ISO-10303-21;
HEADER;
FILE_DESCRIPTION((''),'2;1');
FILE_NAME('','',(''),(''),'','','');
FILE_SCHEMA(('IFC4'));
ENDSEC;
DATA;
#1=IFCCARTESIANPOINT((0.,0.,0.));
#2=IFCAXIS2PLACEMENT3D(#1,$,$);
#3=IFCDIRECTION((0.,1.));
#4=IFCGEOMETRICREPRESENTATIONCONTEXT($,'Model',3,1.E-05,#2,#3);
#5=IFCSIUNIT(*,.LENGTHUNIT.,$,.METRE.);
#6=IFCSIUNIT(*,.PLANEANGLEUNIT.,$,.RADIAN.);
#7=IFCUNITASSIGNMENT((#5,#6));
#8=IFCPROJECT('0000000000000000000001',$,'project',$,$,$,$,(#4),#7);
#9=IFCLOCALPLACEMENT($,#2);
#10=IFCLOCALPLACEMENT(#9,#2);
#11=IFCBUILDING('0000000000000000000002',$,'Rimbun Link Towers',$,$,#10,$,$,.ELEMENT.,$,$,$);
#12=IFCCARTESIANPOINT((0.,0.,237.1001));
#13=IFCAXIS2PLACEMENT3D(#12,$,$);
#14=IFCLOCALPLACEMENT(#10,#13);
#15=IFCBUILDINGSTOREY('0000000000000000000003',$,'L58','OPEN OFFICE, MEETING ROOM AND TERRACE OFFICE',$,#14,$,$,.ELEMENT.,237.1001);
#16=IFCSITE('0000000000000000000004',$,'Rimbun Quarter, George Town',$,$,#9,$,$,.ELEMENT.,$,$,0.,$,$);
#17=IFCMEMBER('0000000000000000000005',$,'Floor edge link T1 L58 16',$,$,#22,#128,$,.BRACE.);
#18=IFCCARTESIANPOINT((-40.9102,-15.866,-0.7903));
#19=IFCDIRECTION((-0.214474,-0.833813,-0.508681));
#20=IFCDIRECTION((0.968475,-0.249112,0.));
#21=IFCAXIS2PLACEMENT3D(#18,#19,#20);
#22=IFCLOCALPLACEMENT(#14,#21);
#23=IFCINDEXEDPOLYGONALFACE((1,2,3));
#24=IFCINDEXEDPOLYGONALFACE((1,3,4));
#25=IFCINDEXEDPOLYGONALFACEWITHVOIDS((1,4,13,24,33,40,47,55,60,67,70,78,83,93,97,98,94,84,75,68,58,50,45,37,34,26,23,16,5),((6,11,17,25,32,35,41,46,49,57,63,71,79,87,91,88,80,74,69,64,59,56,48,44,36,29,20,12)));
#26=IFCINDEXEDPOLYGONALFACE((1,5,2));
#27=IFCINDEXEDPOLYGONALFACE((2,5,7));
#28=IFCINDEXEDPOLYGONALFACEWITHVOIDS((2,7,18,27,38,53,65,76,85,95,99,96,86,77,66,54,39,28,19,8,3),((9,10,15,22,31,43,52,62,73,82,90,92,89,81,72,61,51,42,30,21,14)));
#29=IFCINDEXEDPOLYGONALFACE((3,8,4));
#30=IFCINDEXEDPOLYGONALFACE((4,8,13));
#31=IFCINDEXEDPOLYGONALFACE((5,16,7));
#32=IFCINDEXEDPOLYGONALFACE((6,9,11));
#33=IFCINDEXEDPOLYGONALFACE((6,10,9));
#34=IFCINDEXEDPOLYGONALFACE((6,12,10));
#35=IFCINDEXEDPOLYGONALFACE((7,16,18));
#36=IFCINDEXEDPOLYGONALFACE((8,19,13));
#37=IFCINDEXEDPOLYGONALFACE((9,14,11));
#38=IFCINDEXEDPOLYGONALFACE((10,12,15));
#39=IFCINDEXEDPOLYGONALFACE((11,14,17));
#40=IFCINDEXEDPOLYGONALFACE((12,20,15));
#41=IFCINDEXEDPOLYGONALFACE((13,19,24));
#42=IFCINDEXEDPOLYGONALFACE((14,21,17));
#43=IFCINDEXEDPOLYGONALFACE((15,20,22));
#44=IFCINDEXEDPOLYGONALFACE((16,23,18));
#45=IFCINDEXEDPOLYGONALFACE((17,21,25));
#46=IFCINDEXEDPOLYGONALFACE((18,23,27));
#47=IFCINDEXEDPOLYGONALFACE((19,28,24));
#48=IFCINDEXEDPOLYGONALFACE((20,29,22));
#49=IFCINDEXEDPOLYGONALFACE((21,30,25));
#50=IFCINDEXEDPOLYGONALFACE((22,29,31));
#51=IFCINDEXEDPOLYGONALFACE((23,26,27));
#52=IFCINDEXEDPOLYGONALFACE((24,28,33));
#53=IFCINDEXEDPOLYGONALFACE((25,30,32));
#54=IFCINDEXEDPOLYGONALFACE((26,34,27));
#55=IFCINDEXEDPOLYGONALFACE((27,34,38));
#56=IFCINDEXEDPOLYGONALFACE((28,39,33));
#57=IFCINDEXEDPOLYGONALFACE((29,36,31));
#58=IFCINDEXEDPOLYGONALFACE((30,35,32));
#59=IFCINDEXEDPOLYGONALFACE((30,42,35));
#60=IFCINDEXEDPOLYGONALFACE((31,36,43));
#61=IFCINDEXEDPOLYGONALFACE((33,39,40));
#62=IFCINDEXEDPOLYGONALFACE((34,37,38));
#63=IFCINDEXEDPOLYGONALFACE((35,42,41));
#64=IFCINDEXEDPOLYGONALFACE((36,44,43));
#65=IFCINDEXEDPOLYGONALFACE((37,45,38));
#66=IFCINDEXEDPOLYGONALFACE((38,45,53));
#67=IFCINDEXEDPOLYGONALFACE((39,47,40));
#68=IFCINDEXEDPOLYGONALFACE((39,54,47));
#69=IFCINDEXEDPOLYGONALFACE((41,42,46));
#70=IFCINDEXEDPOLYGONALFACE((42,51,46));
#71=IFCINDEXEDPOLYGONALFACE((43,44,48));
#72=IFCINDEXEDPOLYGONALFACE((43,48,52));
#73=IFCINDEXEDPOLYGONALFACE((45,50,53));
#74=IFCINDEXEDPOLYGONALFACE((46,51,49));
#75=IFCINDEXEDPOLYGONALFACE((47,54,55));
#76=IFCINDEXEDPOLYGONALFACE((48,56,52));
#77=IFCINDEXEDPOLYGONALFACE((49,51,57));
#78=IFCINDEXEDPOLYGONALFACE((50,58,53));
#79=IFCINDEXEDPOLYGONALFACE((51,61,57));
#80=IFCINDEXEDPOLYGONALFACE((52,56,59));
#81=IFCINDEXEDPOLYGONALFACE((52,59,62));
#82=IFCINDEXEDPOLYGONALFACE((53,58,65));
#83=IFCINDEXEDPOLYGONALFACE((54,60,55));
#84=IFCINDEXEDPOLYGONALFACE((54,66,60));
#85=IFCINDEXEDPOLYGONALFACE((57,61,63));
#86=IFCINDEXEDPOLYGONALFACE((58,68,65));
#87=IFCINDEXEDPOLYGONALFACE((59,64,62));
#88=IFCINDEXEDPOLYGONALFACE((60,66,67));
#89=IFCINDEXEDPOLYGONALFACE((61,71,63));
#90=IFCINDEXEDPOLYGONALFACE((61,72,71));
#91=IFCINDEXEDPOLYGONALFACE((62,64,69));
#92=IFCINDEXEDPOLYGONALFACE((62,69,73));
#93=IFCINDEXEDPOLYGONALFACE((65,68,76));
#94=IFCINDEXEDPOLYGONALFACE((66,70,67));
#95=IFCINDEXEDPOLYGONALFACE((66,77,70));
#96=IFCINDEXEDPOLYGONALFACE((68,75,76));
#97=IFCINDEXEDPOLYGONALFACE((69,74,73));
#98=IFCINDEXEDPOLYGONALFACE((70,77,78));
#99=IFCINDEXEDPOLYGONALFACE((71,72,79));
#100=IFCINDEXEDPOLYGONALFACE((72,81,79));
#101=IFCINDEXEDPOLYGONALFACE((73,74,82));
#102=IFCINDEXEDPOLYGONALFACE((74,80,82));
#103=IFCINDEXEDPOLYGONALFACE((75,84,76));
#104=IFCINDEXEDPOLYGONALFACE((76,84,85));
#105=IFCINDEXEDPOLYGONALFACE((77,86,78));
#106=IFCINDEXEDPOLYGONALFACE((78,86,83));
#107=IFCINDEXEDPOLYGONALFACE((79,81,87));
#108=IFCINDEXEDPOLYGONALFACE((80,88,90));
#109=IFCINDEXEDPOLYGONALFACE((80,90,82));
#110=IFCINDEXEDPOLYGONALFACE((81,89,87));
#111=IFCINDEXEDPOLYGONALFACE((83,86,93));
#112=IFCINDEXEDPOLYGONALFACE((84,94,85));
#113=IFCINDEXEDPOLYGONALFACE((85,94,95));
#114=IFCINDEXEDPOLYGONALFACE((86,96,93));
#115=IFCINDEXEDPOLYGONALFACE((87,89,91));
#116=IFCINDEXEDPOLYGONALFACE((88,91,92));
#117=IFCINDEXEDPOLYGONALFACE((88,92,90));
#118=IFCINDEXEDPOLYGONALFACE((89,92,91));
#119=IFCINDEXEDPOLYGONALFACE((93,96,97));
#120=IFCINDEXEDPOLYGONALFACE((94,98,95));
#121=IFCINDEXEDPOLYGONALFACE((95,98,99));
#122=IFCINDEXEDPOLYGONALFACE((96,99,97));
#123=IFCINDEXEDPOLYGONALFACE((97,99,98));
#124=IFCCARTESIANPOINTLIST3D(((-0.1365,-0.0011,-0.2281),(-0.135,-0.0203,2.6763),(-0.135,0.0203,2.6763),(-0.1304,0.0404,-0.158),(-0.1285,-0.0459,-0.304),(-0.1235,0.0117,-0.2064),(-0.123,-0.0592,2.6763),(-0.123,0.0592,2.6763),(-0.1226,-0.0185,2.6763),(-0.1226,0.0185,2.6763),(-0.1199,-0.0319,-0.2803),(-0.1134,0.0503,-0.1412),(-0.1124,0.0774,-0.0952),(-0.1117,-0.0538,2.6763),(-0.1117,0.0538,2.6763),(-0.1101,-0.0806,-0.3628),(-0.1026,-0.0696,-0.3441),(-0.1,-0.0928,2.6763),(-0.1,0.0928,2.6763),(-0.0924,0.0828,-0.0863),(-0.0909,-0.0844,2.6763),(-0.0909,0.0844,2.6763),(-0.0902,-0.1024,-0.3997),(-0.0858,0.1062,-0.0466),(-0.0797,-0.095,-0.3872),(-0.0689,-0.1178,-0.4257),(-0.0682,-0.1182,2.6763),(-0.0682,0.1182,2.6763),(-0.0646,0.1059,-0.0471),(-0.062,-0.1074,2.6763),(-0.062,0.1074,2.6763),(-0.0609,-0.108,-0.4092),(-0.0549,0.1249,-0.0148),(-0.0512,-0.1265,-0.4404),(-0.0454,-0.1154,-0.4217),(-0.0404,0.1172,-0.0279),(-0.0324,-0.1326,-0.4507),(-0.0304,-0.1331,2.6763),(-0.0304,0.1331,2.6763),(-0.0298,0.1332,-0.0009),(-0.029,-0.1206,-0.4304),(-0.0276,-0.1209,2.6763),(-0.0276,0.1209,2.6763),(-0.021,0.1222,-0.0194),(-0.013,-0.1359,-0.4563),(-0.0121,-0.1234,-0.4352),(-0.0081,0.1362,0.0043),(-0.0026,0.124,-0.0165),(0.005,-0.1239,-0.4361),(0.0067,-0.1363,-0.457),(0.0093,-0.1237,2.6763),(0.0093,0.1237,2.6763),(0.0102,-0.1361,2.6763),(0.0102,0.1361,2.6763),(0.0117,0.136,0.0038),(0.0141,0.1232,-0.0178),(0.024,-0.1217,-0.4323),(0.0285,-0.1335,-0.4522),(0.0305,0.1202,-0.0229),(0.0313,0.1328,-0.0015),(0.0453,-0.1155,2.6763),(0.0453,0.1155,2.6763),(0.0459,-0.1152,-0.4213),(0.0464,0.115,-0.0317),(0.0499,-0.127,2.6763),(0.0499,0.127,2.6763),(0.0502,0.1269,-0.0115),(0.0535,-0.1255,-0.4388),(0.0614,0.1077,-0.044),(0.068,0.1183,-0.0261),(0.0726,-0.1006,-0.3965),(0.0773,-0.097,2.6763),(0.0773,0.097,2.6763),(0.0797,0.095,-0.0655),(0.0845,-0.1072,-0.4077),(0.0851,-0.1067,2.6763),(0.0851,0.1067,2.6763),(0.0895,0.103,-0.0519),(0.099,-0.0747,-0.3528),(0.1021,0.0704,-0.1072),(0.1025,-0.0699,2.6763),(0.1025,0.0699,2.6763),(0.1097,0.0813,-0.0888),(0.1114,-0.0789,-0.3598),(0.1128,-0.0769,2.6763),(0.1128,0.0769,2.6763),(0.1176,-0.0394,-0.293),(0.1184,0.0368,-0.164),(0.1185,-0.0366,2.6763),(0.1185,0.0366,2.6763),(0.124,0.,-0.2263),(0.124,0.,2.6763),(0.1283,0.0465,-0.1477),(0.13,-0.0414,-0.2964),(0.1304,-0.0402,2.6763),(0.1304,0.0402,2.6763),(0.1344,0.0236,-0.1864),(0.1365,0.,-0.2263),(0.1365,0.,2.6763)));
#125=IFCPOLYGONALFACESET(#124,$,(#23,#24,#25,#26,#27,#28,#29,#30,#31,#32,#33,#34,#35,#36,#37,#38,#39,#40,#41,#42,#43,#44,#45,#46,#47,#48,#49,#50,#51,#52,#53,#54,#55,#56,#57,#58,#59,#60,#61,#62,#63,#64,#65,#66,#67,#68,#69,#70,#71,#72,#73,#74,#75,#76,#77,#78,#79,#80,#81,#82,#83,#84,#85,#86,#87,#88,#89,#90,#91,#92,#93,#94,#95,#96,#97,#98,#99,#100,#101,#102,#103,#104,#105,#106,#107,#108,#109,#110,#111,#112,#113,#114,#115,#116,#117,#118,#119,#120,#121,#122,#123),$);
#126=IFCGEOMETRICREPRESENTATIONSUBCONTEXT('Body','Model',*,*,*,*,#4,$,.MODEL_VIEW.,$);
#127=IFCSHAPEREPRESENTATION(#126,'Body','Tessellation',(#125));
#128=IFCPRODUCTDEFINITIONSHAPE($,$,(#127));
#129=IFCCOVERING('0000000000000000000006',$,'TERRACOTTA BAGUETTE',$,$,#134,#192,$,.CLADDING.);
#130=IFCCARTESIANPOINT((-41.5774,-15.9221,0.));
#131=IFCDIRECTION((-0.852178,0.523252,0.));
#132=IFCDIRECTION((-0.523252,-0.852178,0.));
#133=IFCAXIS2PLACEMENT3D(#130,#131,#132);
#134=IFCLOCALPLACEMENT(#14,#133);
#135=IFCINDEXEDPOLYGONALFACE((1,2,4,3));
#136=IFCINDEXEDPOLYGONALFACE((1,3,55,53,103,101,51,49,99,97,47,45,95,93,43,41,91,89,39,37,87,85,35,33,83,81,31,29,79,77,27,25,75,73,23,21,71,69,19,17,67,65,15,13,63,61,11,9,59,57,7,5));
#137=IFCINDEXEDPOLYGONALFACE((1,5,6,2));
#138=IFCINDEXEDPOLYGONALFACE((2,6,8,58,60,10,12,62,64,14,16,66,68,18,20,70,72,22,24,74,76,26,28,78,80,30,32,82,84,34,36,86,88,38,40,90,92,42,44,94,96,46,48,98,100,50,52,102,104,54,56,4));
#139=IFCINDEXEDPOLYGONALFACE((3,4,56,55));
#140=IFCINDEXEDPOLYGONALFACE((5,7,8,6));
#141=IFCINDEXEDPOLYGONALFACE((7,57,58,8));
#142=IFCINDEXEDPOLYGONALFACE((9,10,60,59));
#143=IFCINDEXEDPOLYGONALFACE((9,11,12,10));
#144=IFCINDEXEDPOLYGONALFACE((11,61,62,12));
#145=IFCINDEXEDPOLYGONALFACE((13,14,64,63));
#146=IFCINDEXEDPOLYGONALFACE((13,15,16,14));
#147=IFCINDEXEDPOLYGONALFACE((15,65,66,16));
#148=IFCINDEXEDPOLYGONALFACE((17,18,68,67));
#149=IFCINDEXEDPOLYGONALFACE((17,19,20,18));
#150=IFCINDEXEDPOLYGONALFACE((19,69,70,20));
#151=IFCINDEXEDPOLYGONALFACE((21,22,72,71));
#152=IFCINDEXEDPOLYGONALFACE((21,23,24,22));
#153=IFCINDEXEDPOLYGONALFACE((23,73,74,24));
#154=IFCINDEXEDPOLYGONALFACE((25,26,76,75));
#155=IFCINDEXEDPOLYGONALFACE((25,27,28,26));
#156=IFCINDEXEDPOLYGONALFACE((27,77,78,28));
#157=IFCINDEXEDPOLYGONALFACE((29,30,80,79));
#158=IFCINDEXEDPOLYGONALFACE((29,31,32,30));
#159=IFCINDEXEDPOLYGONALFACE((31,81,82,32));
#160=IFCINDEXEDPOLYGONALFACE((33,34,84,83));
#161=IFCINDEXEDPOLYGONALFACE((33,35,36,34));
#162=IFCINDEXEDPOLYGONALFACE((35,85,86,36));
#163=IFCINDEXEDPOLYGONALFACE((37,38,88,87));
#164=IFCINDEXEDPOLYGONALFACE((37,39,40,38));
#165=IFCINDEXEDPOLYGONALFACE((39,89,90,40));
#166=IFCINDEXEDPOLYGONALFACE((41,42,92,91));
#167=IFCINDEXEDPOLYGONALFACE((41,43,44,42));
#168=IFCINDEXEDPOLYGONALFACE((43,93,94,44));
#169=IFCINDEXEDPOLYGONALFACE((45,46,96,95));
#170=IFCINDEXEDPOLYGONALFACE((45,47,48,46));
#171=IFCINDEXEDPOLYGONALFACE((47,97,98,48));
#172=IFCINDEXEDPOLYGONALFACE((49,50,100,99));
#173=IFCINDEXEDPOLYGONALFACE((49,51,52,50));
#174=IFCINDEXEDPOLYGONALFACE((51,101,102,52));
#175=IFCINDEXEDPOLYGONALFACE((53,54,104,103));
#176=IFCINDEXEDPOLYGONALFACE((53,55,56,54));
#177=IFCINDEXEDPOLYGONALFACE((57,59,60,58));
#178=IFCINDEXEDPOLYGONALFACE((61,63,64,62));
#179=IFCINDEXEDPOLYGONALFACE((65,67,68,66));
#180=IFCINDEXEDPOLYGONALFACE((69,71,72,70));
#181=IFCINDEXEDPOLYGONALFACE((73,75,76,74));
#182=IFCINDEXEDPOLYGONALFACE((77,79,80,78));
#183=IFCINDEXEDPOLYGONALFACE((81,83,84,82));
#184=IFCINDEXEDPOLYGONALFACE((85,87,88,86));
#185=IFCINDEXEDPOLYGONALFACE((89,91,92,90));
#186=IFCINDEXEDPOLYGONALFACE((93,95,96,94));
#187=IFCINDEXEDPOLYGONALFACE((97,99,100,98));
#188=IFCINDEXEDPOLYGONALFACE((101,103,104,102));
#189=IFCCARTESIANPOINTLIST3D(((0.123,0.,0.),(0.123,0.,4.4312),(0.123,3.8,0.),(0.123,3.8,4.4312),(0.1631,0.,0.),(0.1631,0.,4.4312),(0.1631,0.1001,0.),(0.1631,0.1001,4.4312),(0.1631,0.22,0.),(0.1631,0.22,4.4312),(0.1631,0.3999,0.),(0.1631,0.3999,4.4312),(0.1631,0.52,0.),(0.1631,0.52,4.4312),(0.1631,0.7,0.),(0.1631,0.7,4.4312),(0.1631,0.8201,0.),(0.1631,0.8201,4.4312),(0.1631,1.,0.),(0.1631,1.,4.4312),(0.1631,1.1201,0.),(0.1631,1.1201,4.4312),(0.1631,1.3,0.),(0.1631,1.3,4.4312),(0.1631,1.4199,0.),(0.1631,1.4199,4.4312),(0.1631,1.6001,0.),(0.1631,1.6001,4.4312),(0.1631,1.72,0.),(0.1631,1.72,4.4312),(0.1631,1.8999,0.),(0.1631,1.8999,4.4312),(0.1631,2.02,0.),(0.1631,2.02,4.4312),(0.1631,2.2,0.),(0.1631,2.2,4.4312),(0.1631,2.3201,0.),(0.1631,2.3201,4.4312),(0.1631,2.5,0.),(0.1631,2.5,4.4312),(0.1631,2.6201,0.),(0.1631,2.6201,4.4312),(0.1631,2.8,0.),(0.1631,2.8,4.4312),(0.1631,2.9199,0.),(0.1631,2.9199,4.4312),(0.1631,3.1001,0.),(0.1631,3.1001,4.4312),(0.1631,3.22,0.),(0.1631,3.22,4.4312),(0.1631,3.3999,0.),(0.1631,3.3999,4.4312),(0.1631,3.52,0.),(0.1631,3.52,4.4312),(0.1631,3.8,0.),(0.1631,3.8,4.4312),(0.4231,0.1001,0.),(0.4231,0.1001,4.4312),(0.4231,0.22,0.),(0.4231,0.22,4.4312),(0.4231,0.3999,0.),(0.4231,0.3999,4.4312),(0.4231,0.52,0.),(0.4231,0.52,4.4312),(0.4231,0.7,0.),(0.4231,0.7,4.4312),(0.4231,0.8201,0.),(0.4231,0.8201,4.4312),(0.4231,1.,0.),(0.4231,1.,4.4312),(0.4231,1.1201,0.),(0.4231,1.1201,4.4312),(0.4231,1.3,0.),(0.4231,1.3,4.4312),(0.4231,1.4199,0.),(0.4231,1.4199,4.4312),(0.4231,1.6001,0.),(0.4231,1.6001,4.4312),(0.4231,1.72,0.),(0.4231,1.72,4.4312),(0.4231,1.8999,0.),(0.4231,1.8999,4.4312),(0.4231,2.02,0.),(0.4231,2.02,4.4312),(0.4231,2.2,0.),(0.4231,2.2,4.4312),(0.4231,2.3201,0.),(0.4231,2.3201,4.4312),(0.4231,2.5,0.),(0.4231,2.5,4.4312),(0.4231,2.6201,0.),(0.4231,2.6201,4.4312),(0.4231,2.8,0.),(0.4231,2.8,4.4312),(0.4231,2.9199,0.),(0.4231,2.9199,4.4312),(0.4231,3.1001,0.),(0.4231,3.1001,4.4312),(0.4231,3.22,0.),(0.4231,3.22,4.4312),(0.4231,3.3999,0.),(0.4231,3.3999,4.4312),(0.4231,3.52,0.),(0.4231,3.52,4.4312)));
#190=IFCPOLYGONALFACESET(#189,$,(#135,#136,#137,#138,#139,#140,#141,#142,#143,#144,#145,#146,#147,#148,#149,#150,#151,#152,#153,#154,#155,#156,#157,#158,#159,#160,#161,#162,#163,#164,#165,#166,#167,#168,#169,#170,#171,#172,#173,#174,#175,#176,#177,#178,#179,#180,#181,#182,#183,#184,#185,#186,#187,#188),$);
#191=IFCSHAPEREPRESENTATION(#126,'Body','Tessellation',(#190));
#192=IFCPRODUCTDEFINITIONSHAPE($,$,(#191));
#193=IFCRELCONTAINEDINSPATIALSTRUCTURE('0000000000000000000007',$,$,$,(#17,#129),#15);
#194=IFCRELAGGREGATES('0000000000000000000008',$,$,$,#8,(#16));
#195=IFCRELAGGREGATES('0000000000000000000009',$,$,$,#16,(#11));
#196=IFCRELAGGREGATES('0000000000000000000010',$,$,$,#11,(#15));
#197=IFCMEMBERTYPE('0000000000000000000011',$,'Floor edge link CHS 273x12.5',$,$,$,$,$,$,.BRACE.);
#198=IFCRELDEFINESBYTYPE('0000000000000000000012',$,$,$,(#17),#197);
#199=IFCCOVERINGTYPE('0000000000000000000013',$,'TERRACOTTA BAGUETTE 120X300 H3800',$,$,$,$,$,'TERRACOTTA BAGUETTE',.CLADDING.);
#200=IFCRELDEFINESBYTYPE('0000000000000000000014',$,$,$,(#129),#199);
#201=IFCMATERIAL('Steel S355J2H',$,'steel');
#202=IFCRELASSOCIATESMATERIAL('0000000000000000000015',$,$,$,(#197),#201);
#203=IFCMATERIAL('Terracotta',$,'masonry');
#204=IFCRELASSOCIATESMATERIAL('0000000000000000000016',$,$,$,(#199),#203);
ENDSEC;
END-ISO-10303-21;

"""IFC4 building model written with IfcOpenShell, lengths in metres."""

from ifc_helpers import new_model, si_unit, direction, frame, origin, origin_2d, place, context, subcontext, project, spatial, polyline, hollow_circle, outline, extrude, clip, halfspace, material, material_profile, profile_set, type_object, element, save


model = new_model("IFC4")

# Units and contexts
model_context = context("Model", 3, precision=1e-05, world=origin(), true_north=direction((0.0, 1.0)))
body_context = subcontext(model_context, "Body", "Model", "MODEL_VIEW")
ifc_project = project(units=[si_unit("LENGTHUNIT", "METRE"), si_unit("PLANEANGLEUNIT", "RADIAN")], contexts=[model_context])

# Site, building, storey
site_placement = place(None, origin())
site = spatial("IfcSite", under=ifc_project, at=site_placement, Name="Rimbun Quarter, George Town", CompositionType="ELEMENT", RefElevation=0.0)
building_placement = place(site_placement, origin())
building = spatial("IfcBuilding", under=site, at=building_placement, Name="Rimbun Link Towers", CompositionType="ELEMENT")
storey_placement = place(building_placement, frame((0.0, 0.0, 237.1001)))
storey = spatial("IfcBuildingStorey", under=building, at=storey_placement, Name="L58", Description="OPEN OFFICE, MEETING ROOM AND TERRACE OFFICE", CompositionType="ELEMENT", Elevation=237.1001)

# Member
ifc_material_1 = material(Name="Steel S355J2H", Category="steel")
ifc_material_profile_1 = material_profile(ifc_material_1, hollow_circle(Radius=0.1365, WallThickness=0.0125, at=origin_2d()), Name="CHS 273x12.5")
ifc_profile_set_1 = profile_set([ifc_material_profile_1], Name="Steel S355J2H")
member_type_1 = type_object("IfcMemberType", Name="Floor edge link CHS 273x12.5", PredefinedType="BRACE", material=ifc_profile_set_1)
member_1_placement = place(storey_placement, frame((-40.9102, -15.866, -0.7903), z_axis=(-0.214474, -0.833813, -0.508681), x_axis=(0.968475, -0.249112, 0.0)))
element("IfcMember", 1, at=member_1_placement, inside=storey, type_object=member_type_1, Name="Floor edge link T1 L58 16", PredefinedType="BRACE", context=body_context, shape_type="Clipping", body=[
    clip(extrude(hollow_circle(Radius=0.1365, WallThickness=0.0125, at=origin_2d()), frame((0.0, 0.0, -0.4817)), (0.0, 0.0, 1.0), 3.158), halfspace(frame((0.0, 0.0, -0.2263), z_axis=(0.0, 0.860955, -0.508681)), False)),
])

# Covering
ifc_material_2 = material(Name="Terracotta", Category="masonry")
ifc_material_profile_2 = material_profile(ifc_material_2, outline(polyline([(0.123, 0.0), (0.1631, 0.0), (0.1631, 0.1001), (0.4231, 0.1001), (0.4231, 0.22), (0.1631, 0.22), (0.1631, 0.3999), (0.4231, 0.3999), (0.4231, 0.52), (0.1631, 0.52), (0.1631, 0.7), (0.4231, 0.7), (0.4231, 0.8201), (0.1631, 0.8201), (0.1631, 1.0), (0.4231, 1.0), (0.4231, 1.1201), (0.1631, 1.1201), (0.1631, 1.3), (0.4231, 1.3), (0.4231, 1.4199), (0.1631, 1.4199), (0.1631, 1.6001), (0.4231, 1.6001), (0.4231, 1.72), (0.1631, 1.72), (0.1631, 1.8999), (0.4231, 1.8999), (0.4231, 2.02), (0.1631, 2.02), (0.1631, 2.2), (0.4231, 2.2), (0.4231, 2.3201), (0.1631, 2.3201), (0.1631, 2.5), (0.4231, 2.5), (0.4231, 2.6201), (0.1631, 2.6201), (0.1631, 2.8), (0.4231, 2.8), (0.4231, 2.9199), (0.1631, 2.9199), (0.1631, 3.1001), (0.4231, 3.1001), (0.4231, 3.22), (0.1631, 3.22), (0.1631, 3.3999), (0.4231, 3.3999), (0.4231, 3.52), (0.1631, 3.52), (0.1631, 3.8), (0.123, 3.8), (0.123, 0.0)])), Name="BAGUETTE 120X300")
ifc_profile_set_2 = profile_set([ifc_material_profile_2], Name="Terracotta")
covering_type = type_object("IfcCoveringType", Name="TERRACOTTA BAGUETTE 120X300 H3800", ElementType="TERRACOTTA BAGUETTE", PredefinedType="CLADDING", material=ifc_profile_set_2)
covering_placement = place(storey_placement, frame((-41.5774, -15.9221, 0.0), z_axis=(-0.852178, 0.523252, 0.0), x_axis=(-0.523252, -0.852178, 0.0)))
element("IfcCovering", 2, at=covering_placement, inside=storey, type_object=covering_type, Name="TERRACOTTA BAGUETTE", PredefinedType="CLADDING", context=body_context, shape_type="SweptSolid", body=[
    extrude(outline(polyline([(0.123, 0.0), (0.1631, 0.0), (0.1631, 0.1001), (0.4231, 0.1001), (0.4231, 0.22), (0.1631, 0.22), (0.1631, 0.3999), (0.4231, 0.3999), (0.4231, 0.52), (0.1631, 0.52), (0.1631, 0.7), (0.4231, 0.7), (0.4231, 0.8201), (0.1631, 0.8201), (0.1631, 1.0), (0.4231, 1.0), (0.4231, 1.1201), (0.1631, 1.1201), (0.1631, 1.3), (0.4231, 1.3), (0.4231, 1.4199), (0.1631, 1.4199), (0.1631, 1.6001), (0.4231, 1.6001), (0.4231, 1.72), (0.1631, 1.72), (0.1631, 1.8999), (0.4231, 1.8999), (0.4231, 2.02), (0.1631, 2.02), (0.1631, 2.2), (0.4231, 2.2), (0.4231, 2.3201), (0.1631, 2.3201), (0.1631, 2.5), (0.4231, 2.5), (0.4231, 2.6201), (0.1631, 2.6201), (0.1631, 2.8), (0.4231, 2.8), (0.4231, 2.9199), (0.1631, 2.9199), (0.1631, 3.1001), (0.4231, 3.1001), (0.4231, 3.22), (0.1631, 3.22), (0.1631, 3.3999), (0.4231, 3.3999), (0.4231, 3.52), (0.1631, 3.52), (0.1631, 3.8), (0.123, 3.8), (0.123, 0.0)])), origin(), (0.0, 0.0, 1.0), 4.4312),
])

save(model, "model.ifc")
